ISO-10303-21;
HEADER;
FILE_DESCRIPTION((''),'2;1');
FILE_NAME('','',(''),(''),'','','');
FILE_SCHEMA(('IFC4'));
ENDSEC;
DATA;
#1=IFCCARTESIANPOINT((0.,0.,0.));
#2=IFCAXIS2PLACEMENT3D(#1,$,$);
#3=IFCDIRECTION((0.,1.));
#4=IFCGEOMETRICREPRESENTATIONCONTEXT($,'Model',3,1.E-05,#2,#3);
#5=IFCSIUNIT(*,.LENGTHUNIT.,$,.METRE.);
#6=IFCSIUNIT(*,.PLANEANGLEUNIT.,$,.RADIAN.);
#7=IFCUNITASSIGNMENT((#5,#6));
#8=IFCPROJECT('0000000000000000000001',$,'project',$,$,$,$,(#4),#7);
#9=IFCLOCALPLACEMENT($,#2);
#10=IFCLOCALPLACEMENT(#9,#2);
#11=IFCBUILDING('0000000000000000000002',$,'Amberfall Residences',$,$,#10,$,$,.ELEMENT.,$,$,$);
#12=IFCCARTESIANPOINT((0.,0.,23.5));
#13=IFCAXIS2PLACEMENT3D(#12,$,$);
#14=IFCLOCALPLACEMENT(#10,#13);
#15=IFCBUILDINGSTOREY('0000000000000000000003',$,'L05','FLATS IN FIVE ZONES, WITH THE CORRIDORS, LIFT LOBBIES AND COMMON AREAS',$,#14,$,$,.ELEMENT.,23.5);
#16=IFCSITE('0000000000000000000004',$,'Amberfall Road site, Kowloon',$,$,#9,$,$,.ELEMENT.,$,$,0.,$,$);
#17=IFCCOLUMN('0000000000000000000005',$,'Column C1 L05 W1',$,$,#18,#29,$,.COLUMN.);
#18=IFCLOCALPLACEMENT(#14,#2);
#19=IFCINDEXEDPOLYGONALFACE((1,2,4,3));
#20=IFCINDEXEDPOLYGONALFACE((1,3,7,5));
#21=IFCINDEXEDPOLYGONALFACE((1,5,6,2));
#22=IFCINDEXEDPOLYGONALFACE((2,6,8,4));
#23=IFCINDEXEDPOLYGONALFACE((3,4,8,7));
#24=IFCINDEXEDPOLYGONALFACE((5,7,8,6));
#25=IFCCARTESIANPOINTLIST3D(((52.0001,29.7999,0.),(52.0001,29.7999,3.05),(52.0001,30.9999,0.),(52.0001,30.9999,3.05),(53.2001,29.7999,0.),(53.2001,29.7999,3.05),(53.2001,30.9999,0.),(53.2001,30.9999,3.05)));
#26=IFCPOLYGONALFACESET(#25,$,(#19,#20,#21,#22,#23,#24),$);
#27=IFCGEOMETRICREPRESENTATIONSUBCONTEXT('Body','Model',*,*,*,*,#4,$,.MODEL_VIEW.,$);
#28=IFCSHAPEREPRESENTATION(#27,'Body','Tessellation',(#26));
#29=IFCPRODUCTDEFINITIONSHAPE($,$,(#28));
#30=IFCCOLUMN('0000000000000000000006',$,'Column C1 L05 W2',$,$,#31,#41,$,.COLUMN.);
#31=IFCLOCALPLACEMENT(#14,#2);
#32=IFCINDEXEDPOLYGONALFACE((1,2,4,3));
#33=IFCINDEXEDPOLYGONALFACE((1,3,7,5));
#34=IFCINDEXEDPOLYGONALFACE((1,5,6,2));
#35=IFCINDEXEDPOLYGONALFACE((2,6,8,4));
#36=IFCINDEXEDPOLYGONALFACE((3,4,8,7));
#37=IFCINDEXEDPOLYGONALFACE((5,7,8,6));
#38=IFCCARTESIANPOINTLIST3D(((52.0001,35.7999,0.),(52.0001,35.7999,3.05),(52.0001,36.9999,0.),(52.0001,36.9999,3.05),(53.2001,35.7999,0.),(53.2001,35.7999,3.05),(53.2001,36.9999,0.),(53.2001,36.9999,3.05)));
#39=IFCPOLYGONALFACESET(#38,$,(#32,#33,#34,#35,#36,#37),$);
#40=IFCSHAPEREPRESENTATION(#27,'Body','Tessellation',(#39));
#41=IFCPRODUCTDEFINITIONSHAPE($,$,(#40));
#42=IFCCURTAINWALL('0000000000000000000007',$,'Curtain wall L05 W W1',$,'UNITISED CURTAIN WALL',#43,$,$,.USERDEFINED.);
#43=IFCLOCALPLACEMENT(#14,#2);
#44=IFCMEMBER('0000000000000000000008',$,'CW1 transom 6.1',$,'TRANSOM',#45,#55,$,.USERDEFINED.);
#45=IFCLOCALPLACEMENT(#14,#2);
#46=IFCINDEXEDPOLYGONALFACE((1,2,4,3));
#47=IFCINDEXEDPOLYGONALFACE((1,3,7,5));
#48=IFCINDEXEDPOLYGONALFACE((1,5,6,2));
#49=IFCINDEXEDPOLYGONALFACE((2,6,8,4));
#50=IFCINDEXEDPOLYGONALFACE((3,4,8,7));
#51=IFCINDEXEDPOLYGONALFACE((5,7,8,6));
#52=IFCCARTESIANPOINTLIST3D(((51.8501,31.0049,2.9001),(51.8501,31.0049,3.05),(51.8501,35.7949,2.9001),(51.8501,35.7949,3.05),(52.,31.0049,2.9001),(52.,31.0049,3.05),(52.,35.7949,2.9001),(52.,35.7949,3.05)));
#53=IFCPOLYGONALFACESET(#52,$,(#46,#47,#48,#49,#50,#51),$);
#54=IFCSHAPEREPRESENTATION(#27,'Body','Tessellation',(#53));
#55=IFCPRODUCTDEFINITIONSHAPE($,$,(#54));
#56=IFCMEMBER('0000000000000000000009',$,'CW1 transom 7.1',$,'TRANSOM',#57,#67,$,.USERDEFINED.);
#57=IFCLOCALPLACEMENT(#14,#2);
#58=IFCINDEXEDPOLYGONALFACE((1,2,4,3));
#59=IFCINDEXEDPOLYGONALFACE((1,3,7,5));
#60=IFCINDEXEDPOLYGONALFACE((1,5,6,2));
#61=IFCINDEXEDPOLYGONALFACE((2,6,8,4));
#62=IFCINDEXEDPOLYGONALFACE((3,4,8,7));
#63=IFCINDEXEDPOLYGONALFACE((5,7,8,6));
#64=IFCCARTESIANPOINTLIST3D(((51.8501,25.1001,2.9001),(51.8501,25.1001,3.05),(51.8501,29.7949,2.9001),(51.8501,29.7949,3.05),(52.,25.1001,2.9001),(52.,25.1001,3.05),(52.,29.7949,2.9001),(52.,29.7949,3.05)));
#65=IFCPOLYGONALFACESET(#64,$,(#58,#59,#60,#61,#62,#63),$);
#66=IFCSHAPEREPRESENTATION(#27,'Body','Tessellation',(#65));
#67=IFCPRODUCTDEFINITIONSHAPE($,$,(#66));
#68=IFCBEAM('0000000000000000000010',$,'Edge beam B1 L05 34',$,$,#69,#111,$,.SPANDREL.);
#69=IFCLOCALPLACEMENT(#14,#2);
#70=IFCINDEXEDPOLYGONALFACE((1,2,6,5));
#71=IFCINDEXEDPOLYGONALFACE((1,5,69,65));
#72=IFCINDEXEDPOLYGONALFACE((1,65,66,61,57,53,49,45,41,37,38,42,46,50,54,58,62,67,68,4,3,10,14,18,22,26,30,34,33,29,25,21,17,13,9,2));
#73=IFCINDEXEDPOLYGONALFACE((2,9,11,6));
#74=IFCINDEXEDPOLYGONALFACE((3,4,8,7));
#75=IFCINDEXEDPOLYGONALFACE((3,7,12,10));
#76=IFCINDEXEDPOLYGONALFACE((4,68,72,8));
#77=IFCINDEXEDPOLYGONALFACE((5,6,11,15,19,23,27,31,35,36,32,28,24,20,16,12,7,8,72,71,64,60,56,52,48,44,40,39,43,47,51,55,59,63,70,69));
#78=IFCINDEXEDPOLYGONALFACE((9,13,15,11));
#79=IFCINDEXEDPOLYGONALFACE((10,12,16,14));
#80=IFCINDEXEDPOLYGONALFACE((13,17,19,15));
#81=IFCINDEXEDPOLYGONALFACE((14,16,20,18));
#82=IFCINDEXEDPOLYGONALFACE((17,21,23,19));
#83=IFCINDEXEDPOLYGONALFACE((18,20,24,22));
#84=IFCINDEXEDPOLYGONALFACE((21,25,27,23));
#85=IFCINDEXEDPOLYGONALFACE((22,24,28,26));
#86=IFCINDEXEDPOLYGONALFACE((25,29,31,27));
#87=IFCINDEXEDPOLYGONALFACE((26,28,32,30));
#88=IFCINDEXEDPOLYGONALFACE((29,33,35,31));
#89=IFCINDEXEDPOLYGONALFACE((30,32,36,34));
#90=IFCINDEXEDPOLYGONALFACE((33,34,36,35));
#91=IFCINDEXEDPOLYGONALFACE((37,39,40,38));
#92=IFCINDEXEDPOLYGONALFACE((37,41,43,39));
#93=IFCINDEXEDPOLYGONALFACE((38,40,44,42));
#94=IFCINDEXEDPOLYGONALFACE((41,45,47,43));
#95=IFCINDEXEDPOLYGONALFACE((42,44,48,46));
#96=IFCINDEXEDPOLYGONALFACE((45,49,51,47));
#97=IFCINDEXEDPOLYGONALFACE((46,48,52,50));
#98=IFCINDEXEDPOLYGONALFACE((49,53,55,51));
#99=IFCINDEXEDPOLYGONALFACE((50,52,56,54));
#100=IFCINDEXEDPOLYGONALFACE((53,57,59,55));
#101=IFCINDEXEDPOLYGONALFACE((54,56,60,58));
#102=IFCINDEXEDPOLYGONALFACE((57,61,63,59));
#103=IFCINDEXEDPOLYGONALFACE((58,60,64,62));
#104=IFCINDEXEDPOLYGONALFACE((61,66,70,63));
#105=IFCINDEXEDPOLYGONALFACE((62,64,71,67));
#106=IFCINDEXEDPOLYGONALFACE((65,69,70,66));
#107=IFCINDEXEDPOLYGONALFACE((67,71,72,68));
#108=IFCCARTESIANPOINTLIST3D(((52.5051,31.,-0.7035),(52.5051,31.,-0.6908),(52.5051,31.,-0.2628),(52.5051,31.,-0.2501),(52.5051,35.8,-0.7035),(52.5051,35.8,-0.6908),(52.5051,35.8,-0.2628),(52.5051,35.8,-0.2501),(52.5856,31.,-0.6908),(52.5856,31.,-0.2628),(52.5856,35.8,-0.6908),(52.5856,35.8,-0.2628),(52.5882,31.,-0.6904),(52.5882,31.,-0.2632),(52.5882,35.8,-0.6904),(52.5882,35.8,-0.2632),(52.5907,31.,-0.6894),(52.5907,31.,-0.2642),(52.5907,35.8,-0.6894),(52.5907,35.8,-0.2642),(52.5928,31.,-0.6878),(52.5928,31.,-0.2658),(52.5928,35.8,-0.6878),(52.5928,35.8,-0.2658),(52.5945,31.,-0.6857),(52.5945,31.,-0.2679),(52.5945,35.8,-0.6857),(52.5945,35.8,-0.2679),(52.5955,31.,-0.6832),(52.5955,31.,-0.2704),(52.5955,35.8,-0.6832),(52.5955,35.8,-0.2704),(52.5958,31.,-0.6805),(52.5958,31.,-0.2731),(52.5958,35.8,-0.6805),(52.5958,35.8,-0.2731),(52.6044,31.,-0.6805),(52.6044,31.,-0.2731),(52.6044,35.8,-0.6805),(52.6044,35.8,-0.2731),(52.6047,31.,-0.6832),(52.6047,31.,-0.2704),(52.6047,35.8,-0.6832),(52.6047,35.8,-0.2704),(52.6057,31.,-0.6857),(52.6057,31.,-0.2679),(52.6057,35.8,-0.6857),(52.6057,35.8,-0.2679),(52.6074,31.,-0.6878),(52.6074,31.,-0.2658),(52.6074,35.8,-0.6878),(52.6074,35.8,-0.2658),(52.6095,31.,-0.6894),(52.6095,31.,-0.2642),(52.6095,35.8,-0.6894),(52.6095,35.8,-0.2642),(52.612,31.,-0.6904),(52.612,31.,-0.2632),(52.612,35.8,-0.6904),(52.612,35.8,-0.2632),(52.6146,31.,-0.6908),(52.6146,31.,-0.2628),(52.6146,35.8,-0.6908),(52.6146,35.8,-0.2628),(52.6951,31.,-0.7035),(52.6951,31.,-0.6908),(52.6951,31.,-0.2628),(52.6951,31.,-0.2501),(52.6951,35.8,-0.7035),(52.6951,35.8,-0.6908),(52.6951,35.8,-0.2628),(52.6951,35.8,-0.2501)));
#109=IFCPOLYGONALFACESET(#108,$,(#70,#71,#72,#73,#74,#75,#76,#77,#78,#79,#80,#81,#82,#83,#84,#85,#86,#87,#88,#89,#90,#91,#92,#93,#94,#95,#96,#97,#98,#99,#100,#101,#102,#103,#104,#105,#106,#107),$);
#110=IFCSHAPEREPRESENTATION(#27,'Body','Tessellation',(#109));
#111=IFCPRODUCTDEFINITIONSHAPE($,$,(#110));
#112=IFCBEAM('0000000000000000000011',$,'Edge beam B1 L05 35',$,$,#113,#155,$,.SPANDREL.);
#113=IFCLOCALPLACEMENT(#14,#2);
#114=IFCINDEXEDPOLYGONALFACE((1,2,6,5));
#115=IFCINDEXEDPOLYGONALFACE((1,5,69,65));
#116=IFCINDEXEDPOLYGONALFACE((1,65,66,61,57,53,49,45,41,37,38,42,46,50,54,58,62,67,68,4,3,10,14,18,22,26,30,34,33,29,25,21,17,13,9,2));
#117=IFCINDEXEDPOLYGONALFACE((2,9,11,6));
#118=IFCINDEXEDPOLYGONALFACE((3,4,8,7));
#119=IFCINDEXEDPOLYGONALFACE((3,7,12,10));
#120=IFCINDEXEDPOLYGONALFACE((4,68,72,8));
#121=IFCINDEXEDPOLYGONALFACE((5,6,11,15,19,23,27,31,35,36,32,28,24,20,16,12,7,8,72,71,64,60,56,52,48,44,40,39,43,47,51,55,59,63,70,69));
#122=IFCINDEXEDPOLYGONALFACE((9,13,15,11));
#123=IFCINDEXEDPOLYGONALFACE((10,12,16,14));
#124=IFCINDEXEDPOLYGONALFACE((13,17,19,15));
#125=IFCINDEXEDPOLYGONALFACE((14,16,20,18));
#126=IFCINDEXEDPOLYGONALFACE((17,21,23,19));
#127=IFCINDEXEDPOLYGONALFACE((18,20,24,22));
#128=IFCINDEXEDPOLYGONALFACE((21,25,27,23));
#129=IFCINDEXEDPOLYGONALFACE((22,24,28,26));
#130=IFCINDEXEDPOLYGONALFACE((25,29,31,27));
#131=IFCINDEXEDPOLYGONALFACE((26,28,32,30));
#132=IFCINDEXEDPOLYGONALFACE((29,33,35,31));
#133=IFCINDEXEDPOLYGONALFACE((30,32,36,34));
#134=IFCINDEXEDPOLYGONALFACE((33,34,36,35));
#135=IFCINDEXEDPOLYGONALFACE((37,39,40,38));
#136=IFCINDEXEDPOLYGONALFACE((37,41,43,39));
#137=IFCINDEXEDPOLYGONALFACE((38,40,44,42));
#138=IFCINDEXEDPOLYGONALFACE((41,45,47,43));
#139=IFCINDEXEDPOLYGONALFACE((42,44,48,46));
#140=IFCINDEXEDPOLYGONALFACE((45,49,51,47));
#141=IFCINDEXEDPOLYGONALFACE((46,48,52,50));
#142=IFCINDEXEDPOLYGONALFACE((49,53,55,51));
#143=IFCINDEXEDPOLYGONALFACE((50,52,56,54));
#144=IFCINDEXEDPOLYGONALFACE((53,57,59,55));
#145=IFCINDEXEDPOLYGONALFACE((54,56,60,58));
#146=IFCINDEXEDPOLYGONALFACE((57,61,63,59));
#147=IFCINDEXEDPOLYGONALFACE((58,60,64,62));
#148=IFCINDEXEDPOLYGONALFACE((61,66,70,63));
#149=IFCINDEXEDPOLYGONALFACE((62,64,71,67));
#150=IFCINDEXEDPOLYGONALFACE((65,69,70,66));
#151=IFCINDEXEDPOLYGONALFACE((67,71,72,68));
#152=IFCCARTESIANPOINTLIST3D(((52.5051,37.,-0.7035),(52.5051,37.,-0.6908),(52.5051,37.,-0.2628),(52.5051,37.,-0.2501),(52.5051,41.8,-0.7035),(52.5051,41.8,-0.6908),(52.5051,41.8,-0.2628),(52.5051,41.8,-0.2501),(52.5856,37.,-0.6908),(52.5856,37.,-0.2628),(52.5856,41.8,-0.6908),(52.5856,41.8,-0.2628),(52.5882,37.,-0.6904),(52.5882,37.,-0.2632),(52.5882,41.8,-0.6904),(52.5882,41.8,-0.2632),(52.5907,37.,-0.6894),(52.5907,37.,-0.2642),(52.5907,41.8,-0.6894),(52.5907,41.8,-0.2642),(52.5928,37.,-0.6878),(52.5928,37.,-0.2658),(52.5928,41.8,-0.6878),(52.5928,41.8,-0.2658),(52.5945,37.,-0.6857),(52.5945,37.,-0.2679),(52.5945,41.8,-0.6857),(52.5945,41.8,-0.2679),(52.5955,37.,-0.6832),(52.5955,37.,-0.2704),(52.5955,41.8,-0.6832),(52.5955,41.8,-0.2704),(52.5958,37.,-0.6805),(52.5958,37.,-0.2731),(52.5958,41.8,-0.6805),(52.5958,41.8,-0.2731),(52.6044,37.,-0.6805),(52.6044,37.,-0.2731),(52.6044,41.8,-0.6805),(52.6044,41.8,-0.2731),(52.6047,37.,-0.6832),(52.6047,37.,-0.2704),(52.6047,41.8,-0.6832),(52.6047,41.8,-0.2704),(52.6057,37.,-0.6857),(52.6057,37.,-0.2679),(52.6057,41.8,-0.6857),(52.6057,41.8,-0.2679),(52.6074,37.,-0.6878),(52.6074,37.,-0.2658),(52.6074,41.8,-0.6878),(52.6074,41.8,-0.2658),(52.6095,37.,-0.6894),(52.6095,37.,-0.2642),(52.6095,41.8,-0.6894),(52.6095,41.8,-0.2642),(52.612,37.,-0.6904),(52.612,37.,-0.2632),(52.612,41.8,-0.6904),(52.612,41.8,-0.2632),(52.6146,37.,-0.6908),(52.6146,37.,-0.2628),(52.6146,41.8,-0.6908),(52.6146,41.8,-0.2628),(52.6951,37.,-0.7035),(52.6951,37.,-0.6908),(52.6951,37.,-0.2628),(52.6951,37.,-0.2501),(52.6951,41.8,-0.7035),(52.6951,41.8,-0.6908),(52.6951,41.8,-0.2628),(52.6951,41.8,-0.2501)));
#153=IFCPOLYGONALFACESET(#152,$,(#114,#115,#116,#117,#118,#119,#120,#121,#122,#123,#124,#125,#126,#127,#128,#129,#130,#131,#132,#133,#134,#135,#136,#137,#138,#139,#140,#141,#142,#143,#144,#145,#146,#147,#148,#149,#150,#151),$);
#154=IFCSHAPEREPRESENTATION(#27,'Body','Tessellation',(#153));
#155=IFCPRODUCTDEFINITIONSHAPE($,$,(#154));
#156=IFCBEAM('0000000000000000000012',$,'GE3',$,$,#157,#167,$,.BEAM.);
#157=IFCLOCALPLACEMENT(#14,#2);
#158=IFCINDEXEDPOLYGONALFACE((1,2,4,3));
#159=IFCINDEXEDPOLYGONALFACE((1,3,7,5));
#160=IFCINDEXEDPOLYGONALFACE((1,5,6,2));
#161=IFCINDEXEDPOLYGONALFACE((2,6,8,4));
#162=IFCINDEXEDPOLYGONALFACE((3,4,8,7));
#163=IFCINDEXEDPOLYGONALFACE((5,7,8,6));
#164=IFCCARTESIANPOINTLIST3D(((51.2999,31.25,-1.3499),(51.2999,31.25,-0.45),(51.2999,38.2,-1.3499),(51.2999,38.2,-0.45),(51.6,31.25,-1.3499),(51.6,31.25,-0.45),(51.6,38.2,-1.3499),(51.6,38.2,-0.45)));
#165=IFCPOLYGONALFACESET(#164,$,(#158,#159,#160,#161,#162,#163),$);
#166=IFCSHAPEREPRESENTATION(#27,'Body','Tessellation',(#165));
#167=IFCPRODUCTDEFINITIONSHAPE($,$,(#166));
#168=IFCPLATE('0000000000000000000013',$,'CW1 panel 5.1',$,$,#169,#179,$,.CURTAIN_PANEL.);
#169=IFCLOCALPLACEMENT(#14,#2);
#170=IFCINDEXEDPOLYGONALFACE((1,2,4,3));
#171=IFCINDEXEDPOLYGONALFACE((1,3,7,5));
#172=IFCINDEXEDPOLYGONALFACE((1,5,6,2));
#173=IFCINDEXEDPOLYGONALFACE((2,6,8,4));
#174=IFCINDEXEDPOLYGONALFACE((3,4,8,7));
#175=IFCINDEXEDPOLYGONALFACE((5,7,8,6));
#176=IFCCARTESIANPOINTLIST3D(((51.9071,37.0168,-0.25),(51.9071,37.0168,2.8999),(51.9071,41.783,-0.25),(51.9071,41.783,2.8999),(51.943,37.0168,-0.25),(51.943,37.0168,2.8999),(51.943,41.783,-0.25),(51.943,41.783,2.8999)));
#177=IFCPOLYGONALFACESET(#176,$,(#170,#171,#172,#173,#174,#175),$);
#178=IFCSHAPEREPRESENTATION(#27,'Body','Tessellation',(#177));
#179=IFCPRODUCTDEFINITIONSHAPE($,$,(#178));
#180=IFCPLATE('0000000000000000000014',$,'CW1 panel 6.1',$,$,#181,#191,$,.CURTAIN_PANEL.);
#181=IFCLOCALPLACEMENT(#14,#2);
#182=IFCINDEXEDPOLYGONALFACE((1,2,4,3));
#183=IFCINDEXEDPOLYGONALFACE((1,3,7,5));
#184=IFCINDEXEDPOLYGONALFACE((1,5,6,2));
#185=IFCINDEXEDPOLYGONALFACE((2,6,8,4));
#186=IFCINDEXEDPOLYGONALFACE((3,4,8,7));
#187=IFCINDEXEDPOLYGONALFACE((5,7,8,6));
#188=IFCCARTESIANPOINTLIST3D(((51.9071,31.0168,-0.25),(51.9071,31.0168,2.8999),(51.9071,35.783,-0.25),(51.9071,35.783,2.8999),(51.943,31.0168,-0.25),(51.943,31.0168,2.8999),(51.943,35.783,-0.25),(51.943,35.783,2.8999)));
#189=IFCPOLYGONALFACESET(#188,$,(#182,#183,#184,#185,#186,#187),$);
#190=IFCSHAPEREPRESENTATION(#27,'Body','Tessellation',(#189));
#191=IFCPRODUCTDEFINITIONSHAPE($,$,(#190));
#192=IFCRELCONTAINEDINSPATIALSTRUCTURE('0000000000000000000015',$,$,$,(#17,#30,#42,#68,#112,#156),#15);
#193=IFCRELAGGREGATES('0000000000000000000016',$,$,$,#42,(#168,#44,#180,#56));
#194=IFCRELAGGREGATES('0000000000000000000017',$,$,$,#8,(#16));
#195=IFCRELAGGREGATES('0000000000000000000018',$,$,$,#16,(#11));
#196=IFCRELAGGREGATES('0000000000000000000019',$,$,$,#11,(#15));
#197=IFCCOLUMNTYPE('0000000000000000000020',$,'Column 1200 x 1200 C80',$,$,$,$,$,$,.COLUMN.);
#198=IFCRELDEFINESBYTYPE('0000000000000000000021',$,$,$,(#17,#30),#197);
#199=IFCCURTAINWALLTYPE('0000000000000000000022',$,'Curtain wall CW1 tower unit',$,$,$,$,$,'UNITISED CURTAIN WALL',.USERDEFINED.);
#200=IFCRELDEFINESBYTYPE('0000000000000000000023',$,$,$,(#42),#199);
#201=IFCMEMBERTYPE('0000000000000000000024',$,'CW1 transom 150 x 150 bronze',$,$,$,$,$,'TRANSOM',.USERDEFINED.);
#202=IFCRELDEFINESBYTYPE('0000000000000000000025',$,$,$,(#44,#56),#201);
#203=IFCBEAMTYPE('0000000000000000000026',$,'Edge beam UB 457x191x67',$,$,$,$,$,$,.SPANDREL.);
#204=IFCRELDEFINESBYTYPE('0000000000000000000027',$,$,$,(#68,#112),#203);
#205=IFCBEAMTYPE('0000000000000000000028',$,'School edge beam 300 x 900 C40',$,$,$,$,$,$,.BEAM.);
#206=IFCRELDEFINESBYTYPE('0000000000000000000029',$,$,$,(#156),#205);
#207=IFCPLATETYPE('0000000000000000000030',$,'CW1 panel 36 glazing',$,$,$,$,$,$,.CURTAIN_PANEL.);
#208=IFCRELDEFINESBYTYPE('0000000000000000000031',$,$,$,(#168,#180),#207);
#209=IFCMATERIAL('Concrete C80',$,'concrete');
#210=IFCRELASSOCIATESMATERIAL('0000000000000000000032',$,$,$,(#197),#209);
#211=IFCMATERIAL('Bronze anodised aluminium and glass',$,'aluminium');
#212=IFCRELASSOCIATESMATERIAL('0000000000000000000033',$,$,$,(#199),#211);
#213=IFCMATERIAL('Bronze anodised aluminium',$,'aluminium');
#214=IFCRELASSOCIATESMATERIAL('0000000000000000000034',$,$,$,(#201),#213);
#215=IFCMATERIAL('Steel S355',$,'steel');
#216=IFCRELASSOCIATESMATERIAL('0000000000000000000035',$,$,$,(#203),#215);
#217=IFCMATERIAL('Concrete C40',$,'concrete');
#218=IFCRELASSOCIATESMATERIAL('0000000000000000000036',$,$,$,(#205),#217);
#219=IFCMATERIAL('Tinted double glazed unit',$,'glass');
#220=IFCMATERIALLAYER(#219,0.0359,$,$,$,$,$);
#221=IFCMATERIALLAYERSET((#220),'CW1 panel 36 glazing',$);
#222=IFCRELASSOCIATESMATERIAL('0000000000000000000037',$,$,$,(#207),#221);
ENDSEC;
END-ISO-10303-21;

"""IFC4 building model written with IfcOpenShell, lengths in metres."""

from ifc_helpers import new_model, si_unit, direction, frame, origin, origin_2d, place, context, subcontext, project, spatial, rectangle, i_section, extrude, material, layer, layer_set, material_profile, profile_set, type_object, element, aggregate, save


model = new_model("IFC4")

# Units and contexts
model_context = context("Model", 3, precision=1e-05, world=origin(), true_north=direction((0.0, 1.0)))
body_context = subcontext(model_context, "Body", "Model", "MODEL_VIEW")
ifc_project = project(units=[si_unit("LENGTHUNIT", "METRE"), si_unit("PLANEANGLEUNIT", "RADIAN")], contexts=[model_context])

# Site, building, storey
site_placement = place(None, origin())
site = spatial("IfcSite", under=ifc_project, at=site_placement, Name="Amberfall Road site, Kowloon", CompositionType="ELEMENT", RefElevation=0.0)
building_placement = place(site_placement, origin())
building = spatial("IfcBuilding", under=site, at=building_placement, Name="Amberfall Residences", CompositionType="ELEMENT")
storey_placement = place(building_placement, frame((0.0, 0.0, 23.5)))
storey = spatial("IfcBuildingStorey", under=building, at=storey_placement, Name="L05", Description="FLATS IN FIVE ZONES, WITH THE CORRIDORS, LIFT LOBBIES AND COMMON AREAS", CompositionType="ELEMENT", Elevation=23.5)

# Columns
ifc_material_1 = material(Name="Concrete C80", Category="concrete")
ifc_material_profile_1 = material_profile(ifc_material_1, rectangle(XDim=1.2, YDim=1.2, at=origin_2d()), Name="Column 1200 x 1200 C80")
ifc_profile_set_1 = profile_set([ifc_material_profile_1], Name="Concrete C80")
column_type = type_object("IfcColumnType", Name="Column 1200 x 1200 C80", PredefinedType="COLUMN", material=ifc_profile_set_1)
for number, where, z_axis, x_axis, name in (
    (1, (52.6001, 30.3999, 0.0), (0.0, 0.0, 1.0), (1.0, 0.0, 0.0), "Column C1 L05 W1"),
    (2, (52.6001, 36.3999, 0.0), (0.0, 0.0, 1.0), (1.0, 0.0, 0.0), "Column C1 L05 W2"),
):
    element("IfcColumn", number, at=place(storey_placement, frame(where, z_axis=z_axis, x_axis=x_axis)), inside=storey, type_object=column_type, Name=name, PredefinedType="COLUMN", context=body_context, shape_type="SweptSolid", body=[
        extrude(rectangle(XDim=1.2, YDim=1.2, at=origin_2d()), origin(), (0.0, 0.0, 1.0), 3.05),
    ])

# Curtain wall, members
ifc_material_2 = material(Name="Bronze anodised aluminium and glass", Category="aluminium")
curtain_wall_type = type_object("IfcCurtainWallType", Name="Curtain wall CW1 tower unit", ElementType="UNITISED CURTAIN WALL", PredefinedType="USERDEFINED", material=ifc_material_2)
curtain_wall_placement = place(storey_placement, origin())
curtain_wall = element("IfcCurtainWall", 3, at=curtain_wall_placement, inside=storey, type_object=curtain_wall_type, Name="Curtain wall L05 W W1", ObjectType="UNITISED CURTAIN WALL", PredefinedType="USERDEFINED")
ifc_material_3 = material(Name="Bronze anodised aluminium", Category="aluminium")
ifc_material_profile_2 = material_profile(ifc_material_3, rectangle(XDim=0.1499, YDim=0.1499, at=origin_2d()), Name="CW1 transom 150 x 150 bronze")
ifc_profile_set_2 = profile_set([ifc_material_profile_2], Name="Bronze anodised aluminium")
member_type = type_object("IfcMemberType", Name="CW1 transom 150 x 150 bronze", ElementType="TRANSOM", PredefinedType="USERDEFINED", material=ifc_profile_set_2)
member_1_placement = place(storey_placement, frame((51.925, 35.7949, 2.9751), z_axis=(0.0, -1.0, 0.0), x_axis=(1.0, 0.0, 0.0)))
member_1 = element("IfcMember", 4, at=member_1_placement, type_object=member_type, Name="CW1 transom 6.1", ObjectType="TRANSOM", PredefinedType="USERDEFINED", context=body_context, shape_type="SweptSolid", body=[
    extrude(rectangle(XDim=0.1499, YDim=0.1499, at=origin_2d()), origin(), (0.0, 0.0, 1.0), 4.79),
])
member_2_placement = place(storey_placement, frame((51.925, 29.7949, 2.9751), z_axis=(0.0, -1.0, 0.0), x_axis=(1.0, 0.0, 0.0)))
member_2 = element("IfcMember", 5, at=member_2_placement, type_object=member_type, Name="CW1 transom 7.1", ObjectType="TRANSOM", PredefinedType="USERDEFINED", context=body_context, shape_type="SweptSolid", body=[
    extrude(rectangle(XDim=0.1499, YDim=0.1499, at=origin_2d()), origin(), (0.0, 0.0, 1.0), 4.6948),
])

# Beams
ifc_material_4 = material(Name="Steel S355", Category="steel")
ifc_material_profile_3 = material_profile(ifc_material_4, i_section(OverallWidth=0.1899, OverallDepth=0.4534, WebThickness=0.0085, FlangeThickness=0.0127, FilletRadius=0.0103, at=origin_2d()), Name="UB 457x191x67")
ifc_profile_set_3 = profile_set([ifc_material_profile_3], Name="Steel S355")
beam_type_1 = type_object("IfcBeamType", Name="Edge beam UB 457x191x67", PredefinedType="SPANDREL", material=ifc_profile_set_3)
for number, where, z_axis, x_axis, name in (
    (6, (52.6001, 31.0, -0.4768), (0.0, 1.0, 0.0), (-1.0, 0.0, 0.0), "Edge beam B1 L05 34"),
    (7, (52.6001, 37.0, -0.4768), (0.0, 1.0, 0.0), (-1.0, 0.0, 0.0), "Edge beam B1 L05 35"),
):
    element("IfcBeam", number, at=place(storey_placement, frame(where, z_axis=z_axis, x_axis=x_axis)), inside=storey, type_object=beam_type_1, Name=name, PredefinedType="SPANDREL", context=body_context, shape_type="SweptSolid", body=[
        extrude(i_section(OverallWidth=0.1899, OverallDepth=0.4534, WebThickness=0.0085, FlangeThickness=0.0127, FilletRadius=0.0103, at=origin_2d()), origin(), (0.0, 0.0, 1.0), 4.8),
    ])
ifc_material_5 = material(Name="Concrete C40", Category="concrete")
ifc_material_profile_4 = material_profile(ifc_material_5, rectangle(XDim=0.3, YDim=0.8999, at=origin_2d()), Name="School edge beam 300 x 900 C40")
ifc_profile_set_4 = profile_set([ifc_material_profile_4], Name="Concrete C40")
beam_type_2 = type_object("IfcBeamType", Name="School edge beam 300 x 900 C40", PredefinedType="BEAM", material=ifc_profile_set_4)
beam_placement = place(storey_placement, frame((51.45, 31.25, -0.8999), z_axis=(0.0, 1.0, 0.0), x_axis=(-1.0, 0.0, 0.0)))
element("IfcBeam", 8, at=beam_placement, inside=storey, type_object=beam_type_2, Name="GE3", PredefinedType="BEAM", context=body_context, shape_type="SweptSolid", body=[
    extrude(rectangle(XDim=0.3, YDim=0.8999, at=origin_2d()), origin(), (0.0, 0.0, 1.0), 6.95),
])

# Plates
ifc_material_6 = material(Name="Tinted double glazed unit", Category="glass")
ifc_layer_1 = layer(ifc_material_6, 0.0359)
ifc_layer_set_1 = layer_set([ifc_layer_1], Name="CW1 panel 36 glazing")
plate_type_1 = type_object("IfcPlateType", Name="CW1 panel 36 glazing", PredefinedType="CURTAIN_PANEL", material=ifc_layer_set_1)
plate_1_placement = place(storey_placement, frame((51.925, 39.3999, -0.25), z_axis=(0.0, 0.0, 1.0), x_axis=(0.0, -1.0, 0.0)))
plate_1 = element("IfcPlate", 9, at=plate_1_placement, type_object=plate_type_1, Name="CW1 panel 5.1", PredefinedType="CURTAIN_PANEL", context=body_context, shape_type="SweptSolid", body=[
    extrude(rectangle(XDim=4.7661, YDim=0.0359, at=origin_2d()), origin(), (0.0, 0.0, 1.0), 3.1499),
])
plate_2_placement = place(storey_placement, frame((51.925, 33.3999, -0.25), z_axis=(0.0, 0.0, 1.0), x_axis=(0.0, -1.0, 0.0)))
plate_2 = element("IfcPlate", 10, at=plate_2_placement, type_object=plate_type_1, Name="CW1 panel 6.1", PredefinedType="CURTAIN_PANEL", context=body_context, shape_type="SweptSolid", body=[
    extrude(rectangle(XDim=4.7661, YDim=0.0359, at=origin_2d()), origin(), (0.0, 0.0, 1.0), 3.1499),
])
aggregate(curtain_wall, [plate_1, member_1, plate_2, member_2])

save(model, "model.ifc")
